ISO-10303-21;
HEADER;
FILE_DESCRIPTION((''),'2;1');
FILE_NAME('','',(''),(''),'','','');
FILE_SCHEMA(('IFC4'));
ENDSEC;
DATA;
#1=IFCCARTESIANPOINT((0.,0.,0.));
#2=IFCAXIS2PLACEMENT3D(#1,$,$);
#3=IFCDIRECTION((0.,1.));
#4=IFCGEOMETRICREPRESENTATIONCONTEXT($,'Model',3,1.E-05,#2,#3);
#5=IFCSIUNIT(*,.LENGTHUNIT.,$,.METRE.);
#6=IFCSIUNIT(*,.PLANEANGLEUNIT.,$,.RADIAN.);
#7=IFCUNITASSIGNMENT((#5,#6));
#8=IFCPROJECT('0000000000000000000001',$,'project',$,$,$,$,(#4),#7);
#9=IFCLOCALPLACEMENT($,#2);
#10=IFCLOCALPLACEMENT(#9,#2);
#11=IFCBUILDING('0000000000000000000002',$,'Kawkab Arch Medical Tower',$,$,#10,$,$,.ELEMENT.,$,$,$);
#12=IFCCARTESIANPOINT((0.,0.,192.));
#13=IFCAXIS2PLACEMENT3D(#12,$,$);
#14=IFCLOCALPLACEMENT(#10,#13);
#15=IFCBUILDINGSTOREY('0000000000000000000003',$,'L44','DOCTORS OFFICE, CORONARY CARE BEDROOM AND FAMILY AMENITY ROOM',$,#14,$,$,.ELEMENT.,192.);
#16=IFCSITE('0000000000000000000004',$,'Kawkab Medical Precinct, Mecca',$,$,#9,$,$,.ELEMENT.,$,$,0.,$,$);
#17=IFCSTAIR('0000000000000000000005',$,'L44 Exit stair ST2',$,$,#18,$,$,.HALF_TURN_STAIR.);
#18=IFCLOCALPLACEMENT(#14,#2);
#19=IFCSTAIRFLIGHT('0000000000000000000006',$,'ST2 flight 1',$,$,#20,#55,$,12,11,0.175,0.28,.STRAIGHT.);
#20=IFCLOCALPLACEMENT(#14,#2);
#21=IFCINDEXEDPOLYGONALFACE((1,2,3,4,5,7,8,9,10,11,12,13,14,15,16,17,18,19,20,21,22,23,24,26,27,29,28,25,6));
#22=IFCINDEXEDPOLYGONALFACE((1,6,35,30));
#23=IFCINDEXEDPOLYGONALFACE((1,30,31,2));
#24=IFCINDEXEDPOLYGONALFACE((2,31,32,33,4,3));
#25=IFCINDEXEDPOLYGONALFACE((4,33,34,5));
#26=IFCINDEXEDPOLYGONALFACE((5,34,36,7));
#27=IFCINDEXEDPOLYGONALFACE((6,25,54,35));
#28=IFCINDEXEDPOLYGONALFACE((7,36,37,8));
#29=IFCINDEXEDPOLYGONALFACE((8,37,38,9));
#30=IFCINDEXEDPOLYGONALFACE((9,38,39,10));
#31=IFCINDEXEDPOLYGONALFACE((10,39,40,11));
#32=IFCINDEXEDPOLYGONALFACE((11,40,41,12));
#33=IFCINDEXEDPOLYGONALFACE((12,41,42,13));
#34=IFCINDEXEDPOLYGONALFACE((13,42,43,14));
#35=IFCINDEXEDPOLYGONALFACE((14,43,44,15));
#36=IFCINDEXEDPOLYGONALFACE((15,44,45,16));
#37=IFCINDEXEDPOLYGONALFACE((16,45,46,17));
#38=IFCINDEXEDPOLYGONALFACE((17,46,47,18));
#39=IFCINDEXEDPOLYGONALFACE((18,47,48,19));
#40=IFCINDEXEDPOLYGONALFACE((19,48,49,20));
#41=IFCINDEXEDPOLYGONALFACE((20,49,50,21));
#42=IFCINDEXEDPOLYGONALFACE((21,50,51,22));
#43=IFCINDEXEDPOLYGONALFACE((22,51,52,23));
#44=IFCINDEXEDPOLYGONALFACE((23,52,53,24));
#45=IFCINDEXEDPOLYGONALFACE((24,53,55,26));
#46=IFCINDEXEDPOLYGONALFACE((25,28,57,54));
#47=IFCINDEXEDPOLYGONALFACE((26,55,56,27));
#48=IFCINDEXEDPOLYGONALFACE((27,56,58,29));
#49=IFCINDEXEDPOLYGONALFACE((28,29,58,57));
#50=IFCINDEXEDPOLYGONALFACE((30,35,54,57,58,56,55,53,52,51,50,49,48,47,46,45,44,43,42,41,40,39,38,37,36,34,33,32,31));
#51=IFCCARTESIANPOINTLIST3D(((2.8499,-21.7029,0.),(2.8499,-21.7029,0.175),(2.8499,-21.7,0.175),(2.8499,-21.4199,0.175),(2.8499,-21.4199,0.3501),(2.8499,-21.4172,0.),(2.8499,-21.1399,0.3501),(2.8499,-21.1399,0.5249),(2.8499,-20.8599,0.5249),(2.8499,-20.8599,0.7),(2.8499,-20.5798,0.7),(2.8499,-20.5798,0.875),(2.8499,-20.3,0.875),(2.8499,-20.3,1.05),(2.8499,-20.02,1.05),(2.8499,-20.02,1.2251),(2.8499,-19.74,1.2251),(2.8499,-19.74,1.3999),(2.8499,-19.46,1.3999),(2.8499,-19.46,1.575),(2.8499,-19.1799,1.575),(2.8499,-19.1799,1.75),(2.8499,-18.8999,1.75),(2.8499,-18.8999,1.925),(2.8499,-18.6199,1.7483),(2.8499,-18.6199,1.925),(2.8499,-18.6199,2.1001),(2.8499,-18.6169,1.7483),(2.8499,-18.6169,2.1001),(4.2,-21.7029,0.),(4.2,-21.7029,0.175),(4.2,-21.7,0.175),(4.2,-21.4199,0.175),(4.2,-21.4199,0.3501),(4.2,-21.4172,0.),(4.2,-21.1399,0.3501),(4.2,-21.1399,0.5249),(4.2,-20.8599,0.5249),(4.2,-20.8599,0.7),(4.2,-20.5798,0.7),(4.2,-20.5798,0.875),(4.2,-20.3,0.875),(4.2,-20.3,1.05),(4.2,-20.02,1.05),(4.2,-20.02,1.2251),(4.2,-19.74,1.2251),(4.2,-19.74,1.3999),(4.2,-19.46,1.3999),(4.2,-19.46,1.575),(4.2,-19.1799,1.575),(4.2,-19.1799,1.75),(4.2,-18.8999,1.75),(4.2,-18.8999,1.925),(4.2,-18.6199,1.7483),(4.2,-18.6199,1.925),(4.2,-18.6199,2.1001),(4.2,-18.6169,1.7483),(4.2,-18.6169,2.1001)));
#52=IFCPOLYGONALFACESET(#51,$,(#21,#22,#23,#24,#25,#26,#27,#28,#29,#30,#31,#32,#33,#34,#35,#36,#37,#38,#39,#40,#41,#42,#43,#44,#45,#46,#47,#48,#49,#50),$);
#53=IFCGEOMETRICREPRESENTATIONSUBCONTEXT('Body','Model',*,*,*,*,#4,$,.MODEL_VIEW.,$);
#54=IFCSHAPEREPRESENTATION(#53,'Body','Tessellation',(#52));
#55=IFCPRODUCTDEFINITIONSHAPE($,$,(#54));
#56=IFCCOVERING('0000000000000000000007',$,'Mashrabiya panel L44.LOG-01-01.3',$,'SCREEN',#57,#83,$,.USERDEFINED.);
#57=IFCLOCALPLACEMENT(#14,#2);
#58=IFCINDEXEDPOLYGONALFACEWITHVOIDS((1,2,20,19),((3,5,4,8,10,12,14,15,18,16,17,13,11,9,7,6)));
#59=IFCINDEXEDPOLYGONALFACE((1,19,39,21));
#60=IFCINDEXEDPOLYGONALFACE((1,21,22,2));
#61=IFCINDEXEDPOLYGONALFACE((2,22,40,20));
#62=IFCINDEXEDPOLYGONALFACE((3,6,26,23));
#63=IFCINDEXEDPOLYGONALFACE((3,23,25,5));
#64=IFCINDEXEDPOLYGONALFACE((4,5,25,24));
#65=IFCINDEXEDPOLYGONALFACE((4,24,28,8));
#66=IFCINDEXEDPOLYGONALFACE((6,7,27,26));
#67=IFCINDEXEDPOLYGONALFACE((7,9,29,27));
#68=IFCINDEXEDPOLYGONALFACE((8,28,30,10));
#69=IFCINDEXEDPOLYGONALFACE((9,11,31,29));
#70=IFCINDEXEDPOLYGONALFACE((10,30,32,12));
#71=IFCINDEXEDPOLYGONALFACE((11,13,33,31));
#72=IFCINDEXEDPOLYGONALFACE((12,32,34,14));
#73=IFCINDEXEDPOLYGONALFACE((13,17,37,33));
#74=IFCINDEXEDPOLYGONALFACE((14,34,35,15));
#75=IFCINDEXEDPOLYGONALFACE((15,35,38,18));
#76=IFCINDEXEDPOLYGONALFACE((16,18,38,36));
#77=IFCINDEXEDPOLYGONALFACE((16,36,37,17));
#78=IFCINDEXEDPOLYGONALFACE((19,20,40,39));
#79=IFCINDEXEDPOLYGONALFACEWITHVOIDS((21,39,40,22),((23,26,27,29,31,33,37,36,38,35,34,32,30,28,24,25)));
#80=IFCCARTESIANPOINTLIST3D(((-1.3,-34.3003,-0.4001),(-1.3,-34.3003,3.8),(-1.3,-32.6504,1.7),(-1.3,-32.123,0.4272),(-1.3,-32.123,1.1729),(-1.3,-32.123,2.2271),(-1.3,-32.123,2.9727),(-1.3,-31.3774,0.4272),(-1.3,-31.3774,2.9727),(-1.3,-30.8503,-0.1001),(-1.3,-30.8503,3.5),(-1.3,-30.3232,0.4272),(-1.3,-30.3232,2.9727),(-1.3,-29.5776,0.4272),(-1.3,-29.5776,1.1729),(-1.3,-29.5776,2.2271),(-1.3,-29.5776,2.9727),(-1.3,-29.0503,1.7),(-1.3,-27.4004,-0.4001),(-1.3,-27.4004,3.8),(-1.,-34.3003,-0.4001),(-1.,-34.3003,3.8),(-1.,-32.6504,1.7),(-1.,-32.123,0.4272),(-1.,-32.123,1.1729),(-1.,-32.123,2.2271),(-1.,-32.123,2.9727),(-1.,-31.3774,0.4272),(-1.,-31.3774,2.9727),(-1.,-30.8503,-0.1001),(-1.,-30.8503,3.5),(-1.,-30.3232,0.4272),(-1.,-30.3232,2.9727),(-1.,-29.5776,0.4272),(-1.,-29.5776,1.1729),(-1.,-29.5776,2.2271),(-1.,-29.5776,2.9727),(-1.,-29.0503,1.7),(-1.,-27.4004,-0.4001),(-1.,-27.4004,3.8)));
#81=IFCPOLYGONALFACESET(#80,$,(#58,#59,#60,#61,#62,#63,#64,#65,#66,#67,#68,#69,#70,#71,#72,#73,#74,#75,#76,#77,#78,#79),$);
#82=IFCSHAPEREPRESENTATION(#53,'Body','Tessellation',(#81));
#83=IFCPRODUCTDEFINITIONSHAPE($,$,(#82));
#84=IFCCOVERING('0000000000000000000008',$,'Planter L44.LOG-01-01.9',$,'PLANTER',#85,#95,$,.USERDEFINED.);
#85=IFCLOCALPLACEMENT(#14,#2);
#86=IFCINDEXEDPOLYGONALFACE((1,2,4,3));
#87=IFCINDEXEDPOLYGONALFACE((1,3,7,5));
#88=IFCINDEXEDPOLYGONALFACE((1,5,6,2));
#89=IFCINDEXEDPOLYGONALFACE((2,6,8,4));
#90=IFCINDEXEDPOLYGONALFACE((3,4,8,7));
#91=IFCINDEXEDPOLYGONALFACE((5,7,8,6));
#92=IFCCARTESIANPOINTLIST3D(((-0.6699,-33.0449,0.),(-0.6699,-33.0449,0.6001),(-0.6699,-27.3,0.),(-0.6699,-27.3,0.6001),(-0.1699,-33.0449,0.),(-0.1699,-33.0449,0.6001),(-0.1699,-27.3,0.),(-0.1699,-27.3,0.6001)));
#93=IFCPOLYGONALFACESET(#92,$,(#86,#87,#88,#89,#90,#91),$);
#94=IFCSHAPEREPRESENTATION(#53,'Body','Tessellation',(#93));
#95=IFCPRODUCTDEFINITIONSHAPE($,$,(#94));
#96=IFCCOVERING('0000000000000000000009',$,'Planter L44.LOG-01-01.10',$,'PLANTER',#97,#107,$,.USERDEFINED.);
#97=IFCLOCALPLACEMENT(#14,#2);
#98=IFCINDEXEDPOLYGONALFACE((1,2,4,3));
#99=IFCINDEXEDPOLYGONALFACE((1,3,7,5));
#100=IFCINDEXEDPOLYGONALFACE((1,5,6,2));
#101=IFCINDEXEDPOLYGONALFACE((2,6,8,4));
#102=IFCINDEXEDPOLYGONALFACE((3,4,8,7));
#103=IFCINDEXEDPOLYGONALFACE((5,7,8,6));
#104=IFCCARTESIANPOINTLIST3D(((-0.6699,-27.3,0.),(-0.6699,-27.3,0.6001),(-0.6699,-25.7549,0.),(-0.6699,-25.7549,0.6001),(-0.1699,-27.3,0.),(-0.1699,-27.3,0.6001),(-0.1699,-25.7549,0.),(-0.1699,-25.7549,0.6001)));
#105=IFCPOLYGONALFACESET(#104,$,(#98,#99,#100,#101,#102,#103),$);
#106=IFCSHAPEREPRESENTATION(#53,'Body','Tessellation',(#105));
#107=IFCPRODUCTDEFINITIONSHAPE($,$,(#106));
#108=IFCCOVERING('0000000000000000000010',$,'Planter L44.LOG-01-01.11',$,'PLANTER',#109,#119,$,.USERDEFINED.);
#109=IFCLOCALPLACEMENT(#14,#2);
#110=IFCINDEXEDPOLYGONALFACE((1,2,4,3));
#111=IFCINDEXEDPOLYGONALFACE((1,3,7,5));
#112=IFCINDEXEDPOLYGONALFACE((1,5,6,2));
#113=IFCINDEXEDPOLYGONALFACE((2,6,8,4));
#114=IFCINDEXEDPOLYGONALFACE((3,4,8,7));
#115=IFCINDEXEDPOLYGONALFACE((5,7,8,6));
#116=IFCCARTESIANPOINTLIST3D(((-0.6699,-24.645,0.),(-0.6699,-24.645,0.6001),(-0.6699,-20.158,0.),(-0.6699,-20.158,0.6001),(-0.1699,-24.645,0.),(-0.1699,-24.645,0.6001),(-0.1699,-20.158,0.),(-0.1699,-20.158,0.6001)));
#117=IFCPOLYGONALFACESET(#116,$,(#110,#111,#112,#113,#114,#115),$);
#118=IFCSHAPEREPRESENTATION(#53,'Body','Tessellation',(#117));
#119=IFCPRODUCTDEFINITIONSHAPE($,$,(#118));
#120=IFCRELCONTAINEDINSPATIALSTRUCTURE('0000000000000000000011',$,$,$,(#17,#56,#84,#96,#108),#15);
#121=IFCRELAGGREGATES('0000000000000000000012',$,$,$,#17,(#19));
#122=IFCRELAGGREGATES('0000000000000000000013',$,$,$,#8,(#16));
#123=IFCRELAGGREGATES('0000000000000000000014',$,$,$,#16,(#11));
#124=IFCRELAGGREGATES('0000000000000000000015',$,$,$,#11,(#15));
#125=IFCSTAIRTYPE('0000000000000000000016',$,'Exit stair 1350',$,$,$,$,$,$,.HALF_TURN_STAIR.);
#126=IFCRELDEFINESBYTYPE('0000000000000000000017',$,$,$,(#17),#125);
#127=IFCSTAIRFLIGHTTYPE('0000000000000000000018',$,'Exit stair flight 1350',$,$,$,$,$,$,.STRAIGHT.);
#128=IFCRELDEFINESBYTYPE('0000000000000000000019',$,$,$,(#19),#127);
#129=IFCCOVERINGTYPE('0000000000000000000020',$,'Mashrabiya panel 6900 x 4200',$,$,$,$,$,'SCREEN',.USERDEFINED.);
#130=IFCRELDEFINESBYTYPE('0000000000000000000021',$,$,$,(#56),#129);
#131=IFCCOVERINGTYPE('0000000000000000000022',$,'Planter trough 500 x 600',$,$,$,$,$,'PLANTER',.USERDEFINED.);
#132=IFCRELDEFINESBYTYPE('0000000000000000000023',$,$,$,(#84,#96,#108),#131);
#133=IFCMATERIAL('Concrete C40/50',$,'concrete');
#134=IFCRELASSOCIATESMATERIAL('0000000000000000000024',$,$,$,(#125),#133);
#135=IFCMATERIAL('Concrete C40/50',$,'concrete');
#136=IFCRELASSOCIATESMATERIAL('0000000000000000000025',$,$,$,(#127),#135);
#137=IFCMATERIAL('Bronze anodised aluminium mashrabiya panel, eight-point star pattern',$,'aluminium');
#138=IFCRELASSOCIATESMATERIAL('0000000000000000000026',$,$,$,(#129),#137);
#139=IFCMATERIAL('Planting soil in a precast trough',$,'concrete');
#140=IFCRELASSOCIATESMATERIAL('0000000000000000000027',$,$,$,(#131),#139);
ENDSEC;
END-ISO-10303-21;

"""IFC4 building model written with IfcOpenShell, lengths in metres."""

from ifc_helpers import new_model, si_unit, direction, frame, origin, origin_2d, place, context, subcontext, project, spatial, polyline, rectangle, outline, extrude, material, material_profile, profile_set, type_object, element, aggregate, save


model = new_model("IFC4")

# Units and contexts
model_context = context("Model", 3, precision=1e-05, world=origin(), true_north=direction((0.0, 1.0)))
body_context = subcontext(model_context, "Body", "Model", "MODEL_VIEW")
ifc_project = project(units=[si_unit("LENGTHUNIT", "METRE"), si_unit("PLANEANGLEUNIT", "RADIAN")], contexts=[model_context])

# Site, building, storey
site_placement = place(None, origin())
site = spatial("IfcSite", under=ifc_project, at=site_placement, Name="Kawkab Medical Precinct, Mecca", CompositionType="ELEMENT", RefElevation=0.0)
building_placement = place(site_placement, origin())
building = spatial("IfcBuilding", under=site, at=building_placement, Name="Kawkab Arch Medical Tower", CompositionType="ELEMENT")
storey_placement = place(building_placement, frame((0.0, 0.0, 192.0)))
storey = spatial("IfcBuildingStorey", under=building, at=storey_placement, Name="L44", Description="DOCTORS OFFICE, CORONARY CARE BEDROOM AND FAMILY AMENITY ROOM", CompositionType="ELEMENT", Elevation=192.0)

# Shared definitions
placement = place(storey_placement, origin())

# Stair, stair flight
ifc_material_1 = material(Name="Concrete C40/50", Category="concrete")
stair_type = type_object("IfcStairType", Name="Exit stair 1350", PredefinedType="HALF_TURN_STAIR", material=ifc_material_1)
stair = element("IfcStair", 1, at=placement, inside=storey, type_object=stair_type, Name="L44 Exit stair ST2", PredefinedType="HALF_TURN_STAIR")
ifc_material_2 = material(Name="Concrete C40/50", Category="concrete")
stair_flight_type = type_object("IfcStairFlightType", Name="Exit stair flight 1350", PredefinedType="STRAIGHT", material=ifc_material_2)
stair_flight_placement = place(storey_placement, frame((3.5249, -21.7, 0.0), z_axis=(0.0, 0.0, 1.0), x_axis=(0.0, 1.0, 0.0)))
stair_flight = element("IfcStairFlight", 2, at=stair_flight_placement, type_object=stair_flight_type, Name="ST2 flight 1", NumberOfRisers=12, NumberOfTreads=11, PredefinedType="STRAIGHT", RiserHeight=0.175, TreadLength=0.28, context=body_context, shape_type="SweptSolid", body=[
    extrude(outline(polyline([(-0.0029, 0.0), (-0.0029, 0.175), (0.0, 0.175), (0.28, 0.175), (0.28, 0.3501), (0.5601, 0.3501), (0.5601, 0.5249), (0.8401, 0.5249), (0.8401, 0.7), (1.1201, 0.7), (1.1201, 0.875), (1.3999, 0.875), (1.3999, 1.05), (1.6799, 1.05), (1.6799, 1.2251), (1.96, 1.2251), (1.96, 1.3999), (2.24, 1.3999), (2.24, 1.575), (2.52, 1.575), (2.52, 1.75), (2.8, 1.75), (2.8, 1.925), (3.0801, 1.925), (3.0801, 2.1001), (3.083, 2.1001), (3.083, 1.7483), (3.0801, 1.7483), (0.2827, 0.0), (-0.0029, 0.0)])), frame((0.0, 0.675, 0.0), z_axis=(0.0, -1.0, 0.0), x_axis=(1.0, 0.0, 0.0)), (0.0, 0.0, 1.0), 1.3501),
])
aggregate(stair, [stair_flight])

# Coverings
ifc_material_3 = material(Name="Bronze anodised aluminium mashrabiya panel, eight-point star pattern", Category="aluminium")
ifc_material_profile_1 = material_profile(ifc_material_3, outline(polyline([(-3.45, -2.1001), (3.45, -2.1001), (3.45, 2.1001), (-3.45, 2.1001), (-3.45, -2.1001)]), holes=[polyline([(1.8, 0.0), (1.2727, 0.5271), (1.2727, 1.2727), (0.5271, 1.2727), (0.0, 1.8), (-0.5271, 1.2727), (-1.2727, 1.2727), (-1.2727, 0.5271), (-1.8, 0.0), (-1.2727, -0.5271), (-1.2727, -1.2727), (-0.5271, -1.2727), (0.0, -1.8), (0.5271, -1.2727), (1.2727, -1.2727), (1.2727, -0.5271), (1.8, 0.0)])]), Name="Mashrabiya panel 6900x4200")
ifc_profile_set_1 = profile_set([ifc_material_profile_1], Name="Bronze anodised aluminium mashrabiya panel, eight-point star pattern")
covering_type_1 = type_object("IfcCoveringType", Name="Mashrabiya panel 6900 x 4200", ElementType="SCREEN", PredefinedType="USERDEFINED", material=ifc_profile_set_1)
covering_1_placement = place(storey_placement, frame((-1.0, -30.8503, 1.7), z_axis=(-1.0, 0.0, 0.0), x_axis=(0.0, -1.0, 0.0)))
element("IfcCovering", 3, at=covering_1_placement, inside=storey, type_object=covering_type_1, Name="Mashrabiya panel L44.LOG-01-01.3", ObjectType="SCREEN", PredefinedType="USERDEFINED", context=body_context, shape_type="SweptSolid", body=[
    extrude(outline(polyline([(-3.45, -2.1001), (3.45, -2.1001), (3.45, 2.1001), (-3.45, 2.1001), (-3.45, -2.1001)]), holes=[polyline([(1.8, 0.0), (1.2727, 0.5271), (1.2727, 1.2727), (0.5271, 1.2727), (0.0, 1.8), (-0.5271, 1.2727), (-1.2727, 1.2727), (-1.2727, 0.5271), (-1.8, 0.0), (-1.2727, -0.5271), (-1.2727, -1.2727), (-0.5271, -1.2727), (0.0, -1.8), (0.5271, -1.2727), (1.2727, -1.2727), (1.2727, -0.5271), (1.8, 0.0)])]), origin(), (0.0, 0.0, 1.0), 0.3),
])
ifc_material_4 = material(Name="Planting soil in a precast trough", Category="concrete")
ifc_material_profile_2 = material_profile(ifc_material_4, rectangle(XDim=0.5, YDim=0.6001, at=origin_2d()), Name="Trough 500x600")
ifc_profile_set_2 = profile_set([ifc_material_profile_2], Name="Planting soil in a precast trough")
covering_type_2 = type_object("IfcCoveringType", Name="Planter trough 500 x 600", ElementType="PLANTER", PredefinedType="USERDEFINED", material=ifc_profile_set_2)
covering_2_placement = place(storey_placement, frame((-0.4199, -33.0449, 0.3), z_axis=(0.0, 1.0, 0.0), x_axis=(-1.0, 0.0, 0.0)))
element("IfcCovering", 4, at=covering_2_placement, inside=storey, type_object=covering_type_2, Name="Planter L44.LOG-01-01.9", ObjectType="PLANTER", PredefinedType="USERDEFINED", context=body_context, shape_type="SweptSolid", body=[
    extrude(rectangle(XDim=0.5, YDim=0.6001, at=origin_2d()), origin(), (0.0, 0.0, 1.0), 5.7449),
])
covering_3_placement = place(storey_placement, frame((-0.4199, -27.3, 0.3), z_axis=(0.0, 1.0, 0.0), x_axis=(-1.0, 0.0, 0.0)))
element("IfcCovering", 5, at=covering_3_placement, inside=storey, type_object=covering_type_2, Name="Planter L44.LOG-01-01.10", ObjectType="PLANTER", PredefinedType="USERDEFINED", context=body_context, shape_type="SweptSolid", body=[
    extrude(rectangle(XDim=0.5, YDim=0.6001, at=origin_2d()), origin(), (0.0, 0.0, 1.0), 1.5452),
])
covering_4_placement = place(storey_placement, frame((-0.4199, -24.645, 0.3), z_axis=(0.0, 1.0, 0.0), x_axis=(-1.0, 0.0, 0.0)))
element("IfcCovering", 6, at=covering_4_placement, inside=storey, type_object=covering_type_2, Name="Planter L44.LOG-01-01.11", ObjectType="PLANTER", PredefinedType="USERDEFINED", context=body_context, shape_type="SweptSolid", body=[
    extrude(rectangle(XDim=0.5, YDim=0.6001, at=origin_2d()), origin(), (0.0, 0.0, 1.0), 4.4871),
])

save(model, "model.ifc")
